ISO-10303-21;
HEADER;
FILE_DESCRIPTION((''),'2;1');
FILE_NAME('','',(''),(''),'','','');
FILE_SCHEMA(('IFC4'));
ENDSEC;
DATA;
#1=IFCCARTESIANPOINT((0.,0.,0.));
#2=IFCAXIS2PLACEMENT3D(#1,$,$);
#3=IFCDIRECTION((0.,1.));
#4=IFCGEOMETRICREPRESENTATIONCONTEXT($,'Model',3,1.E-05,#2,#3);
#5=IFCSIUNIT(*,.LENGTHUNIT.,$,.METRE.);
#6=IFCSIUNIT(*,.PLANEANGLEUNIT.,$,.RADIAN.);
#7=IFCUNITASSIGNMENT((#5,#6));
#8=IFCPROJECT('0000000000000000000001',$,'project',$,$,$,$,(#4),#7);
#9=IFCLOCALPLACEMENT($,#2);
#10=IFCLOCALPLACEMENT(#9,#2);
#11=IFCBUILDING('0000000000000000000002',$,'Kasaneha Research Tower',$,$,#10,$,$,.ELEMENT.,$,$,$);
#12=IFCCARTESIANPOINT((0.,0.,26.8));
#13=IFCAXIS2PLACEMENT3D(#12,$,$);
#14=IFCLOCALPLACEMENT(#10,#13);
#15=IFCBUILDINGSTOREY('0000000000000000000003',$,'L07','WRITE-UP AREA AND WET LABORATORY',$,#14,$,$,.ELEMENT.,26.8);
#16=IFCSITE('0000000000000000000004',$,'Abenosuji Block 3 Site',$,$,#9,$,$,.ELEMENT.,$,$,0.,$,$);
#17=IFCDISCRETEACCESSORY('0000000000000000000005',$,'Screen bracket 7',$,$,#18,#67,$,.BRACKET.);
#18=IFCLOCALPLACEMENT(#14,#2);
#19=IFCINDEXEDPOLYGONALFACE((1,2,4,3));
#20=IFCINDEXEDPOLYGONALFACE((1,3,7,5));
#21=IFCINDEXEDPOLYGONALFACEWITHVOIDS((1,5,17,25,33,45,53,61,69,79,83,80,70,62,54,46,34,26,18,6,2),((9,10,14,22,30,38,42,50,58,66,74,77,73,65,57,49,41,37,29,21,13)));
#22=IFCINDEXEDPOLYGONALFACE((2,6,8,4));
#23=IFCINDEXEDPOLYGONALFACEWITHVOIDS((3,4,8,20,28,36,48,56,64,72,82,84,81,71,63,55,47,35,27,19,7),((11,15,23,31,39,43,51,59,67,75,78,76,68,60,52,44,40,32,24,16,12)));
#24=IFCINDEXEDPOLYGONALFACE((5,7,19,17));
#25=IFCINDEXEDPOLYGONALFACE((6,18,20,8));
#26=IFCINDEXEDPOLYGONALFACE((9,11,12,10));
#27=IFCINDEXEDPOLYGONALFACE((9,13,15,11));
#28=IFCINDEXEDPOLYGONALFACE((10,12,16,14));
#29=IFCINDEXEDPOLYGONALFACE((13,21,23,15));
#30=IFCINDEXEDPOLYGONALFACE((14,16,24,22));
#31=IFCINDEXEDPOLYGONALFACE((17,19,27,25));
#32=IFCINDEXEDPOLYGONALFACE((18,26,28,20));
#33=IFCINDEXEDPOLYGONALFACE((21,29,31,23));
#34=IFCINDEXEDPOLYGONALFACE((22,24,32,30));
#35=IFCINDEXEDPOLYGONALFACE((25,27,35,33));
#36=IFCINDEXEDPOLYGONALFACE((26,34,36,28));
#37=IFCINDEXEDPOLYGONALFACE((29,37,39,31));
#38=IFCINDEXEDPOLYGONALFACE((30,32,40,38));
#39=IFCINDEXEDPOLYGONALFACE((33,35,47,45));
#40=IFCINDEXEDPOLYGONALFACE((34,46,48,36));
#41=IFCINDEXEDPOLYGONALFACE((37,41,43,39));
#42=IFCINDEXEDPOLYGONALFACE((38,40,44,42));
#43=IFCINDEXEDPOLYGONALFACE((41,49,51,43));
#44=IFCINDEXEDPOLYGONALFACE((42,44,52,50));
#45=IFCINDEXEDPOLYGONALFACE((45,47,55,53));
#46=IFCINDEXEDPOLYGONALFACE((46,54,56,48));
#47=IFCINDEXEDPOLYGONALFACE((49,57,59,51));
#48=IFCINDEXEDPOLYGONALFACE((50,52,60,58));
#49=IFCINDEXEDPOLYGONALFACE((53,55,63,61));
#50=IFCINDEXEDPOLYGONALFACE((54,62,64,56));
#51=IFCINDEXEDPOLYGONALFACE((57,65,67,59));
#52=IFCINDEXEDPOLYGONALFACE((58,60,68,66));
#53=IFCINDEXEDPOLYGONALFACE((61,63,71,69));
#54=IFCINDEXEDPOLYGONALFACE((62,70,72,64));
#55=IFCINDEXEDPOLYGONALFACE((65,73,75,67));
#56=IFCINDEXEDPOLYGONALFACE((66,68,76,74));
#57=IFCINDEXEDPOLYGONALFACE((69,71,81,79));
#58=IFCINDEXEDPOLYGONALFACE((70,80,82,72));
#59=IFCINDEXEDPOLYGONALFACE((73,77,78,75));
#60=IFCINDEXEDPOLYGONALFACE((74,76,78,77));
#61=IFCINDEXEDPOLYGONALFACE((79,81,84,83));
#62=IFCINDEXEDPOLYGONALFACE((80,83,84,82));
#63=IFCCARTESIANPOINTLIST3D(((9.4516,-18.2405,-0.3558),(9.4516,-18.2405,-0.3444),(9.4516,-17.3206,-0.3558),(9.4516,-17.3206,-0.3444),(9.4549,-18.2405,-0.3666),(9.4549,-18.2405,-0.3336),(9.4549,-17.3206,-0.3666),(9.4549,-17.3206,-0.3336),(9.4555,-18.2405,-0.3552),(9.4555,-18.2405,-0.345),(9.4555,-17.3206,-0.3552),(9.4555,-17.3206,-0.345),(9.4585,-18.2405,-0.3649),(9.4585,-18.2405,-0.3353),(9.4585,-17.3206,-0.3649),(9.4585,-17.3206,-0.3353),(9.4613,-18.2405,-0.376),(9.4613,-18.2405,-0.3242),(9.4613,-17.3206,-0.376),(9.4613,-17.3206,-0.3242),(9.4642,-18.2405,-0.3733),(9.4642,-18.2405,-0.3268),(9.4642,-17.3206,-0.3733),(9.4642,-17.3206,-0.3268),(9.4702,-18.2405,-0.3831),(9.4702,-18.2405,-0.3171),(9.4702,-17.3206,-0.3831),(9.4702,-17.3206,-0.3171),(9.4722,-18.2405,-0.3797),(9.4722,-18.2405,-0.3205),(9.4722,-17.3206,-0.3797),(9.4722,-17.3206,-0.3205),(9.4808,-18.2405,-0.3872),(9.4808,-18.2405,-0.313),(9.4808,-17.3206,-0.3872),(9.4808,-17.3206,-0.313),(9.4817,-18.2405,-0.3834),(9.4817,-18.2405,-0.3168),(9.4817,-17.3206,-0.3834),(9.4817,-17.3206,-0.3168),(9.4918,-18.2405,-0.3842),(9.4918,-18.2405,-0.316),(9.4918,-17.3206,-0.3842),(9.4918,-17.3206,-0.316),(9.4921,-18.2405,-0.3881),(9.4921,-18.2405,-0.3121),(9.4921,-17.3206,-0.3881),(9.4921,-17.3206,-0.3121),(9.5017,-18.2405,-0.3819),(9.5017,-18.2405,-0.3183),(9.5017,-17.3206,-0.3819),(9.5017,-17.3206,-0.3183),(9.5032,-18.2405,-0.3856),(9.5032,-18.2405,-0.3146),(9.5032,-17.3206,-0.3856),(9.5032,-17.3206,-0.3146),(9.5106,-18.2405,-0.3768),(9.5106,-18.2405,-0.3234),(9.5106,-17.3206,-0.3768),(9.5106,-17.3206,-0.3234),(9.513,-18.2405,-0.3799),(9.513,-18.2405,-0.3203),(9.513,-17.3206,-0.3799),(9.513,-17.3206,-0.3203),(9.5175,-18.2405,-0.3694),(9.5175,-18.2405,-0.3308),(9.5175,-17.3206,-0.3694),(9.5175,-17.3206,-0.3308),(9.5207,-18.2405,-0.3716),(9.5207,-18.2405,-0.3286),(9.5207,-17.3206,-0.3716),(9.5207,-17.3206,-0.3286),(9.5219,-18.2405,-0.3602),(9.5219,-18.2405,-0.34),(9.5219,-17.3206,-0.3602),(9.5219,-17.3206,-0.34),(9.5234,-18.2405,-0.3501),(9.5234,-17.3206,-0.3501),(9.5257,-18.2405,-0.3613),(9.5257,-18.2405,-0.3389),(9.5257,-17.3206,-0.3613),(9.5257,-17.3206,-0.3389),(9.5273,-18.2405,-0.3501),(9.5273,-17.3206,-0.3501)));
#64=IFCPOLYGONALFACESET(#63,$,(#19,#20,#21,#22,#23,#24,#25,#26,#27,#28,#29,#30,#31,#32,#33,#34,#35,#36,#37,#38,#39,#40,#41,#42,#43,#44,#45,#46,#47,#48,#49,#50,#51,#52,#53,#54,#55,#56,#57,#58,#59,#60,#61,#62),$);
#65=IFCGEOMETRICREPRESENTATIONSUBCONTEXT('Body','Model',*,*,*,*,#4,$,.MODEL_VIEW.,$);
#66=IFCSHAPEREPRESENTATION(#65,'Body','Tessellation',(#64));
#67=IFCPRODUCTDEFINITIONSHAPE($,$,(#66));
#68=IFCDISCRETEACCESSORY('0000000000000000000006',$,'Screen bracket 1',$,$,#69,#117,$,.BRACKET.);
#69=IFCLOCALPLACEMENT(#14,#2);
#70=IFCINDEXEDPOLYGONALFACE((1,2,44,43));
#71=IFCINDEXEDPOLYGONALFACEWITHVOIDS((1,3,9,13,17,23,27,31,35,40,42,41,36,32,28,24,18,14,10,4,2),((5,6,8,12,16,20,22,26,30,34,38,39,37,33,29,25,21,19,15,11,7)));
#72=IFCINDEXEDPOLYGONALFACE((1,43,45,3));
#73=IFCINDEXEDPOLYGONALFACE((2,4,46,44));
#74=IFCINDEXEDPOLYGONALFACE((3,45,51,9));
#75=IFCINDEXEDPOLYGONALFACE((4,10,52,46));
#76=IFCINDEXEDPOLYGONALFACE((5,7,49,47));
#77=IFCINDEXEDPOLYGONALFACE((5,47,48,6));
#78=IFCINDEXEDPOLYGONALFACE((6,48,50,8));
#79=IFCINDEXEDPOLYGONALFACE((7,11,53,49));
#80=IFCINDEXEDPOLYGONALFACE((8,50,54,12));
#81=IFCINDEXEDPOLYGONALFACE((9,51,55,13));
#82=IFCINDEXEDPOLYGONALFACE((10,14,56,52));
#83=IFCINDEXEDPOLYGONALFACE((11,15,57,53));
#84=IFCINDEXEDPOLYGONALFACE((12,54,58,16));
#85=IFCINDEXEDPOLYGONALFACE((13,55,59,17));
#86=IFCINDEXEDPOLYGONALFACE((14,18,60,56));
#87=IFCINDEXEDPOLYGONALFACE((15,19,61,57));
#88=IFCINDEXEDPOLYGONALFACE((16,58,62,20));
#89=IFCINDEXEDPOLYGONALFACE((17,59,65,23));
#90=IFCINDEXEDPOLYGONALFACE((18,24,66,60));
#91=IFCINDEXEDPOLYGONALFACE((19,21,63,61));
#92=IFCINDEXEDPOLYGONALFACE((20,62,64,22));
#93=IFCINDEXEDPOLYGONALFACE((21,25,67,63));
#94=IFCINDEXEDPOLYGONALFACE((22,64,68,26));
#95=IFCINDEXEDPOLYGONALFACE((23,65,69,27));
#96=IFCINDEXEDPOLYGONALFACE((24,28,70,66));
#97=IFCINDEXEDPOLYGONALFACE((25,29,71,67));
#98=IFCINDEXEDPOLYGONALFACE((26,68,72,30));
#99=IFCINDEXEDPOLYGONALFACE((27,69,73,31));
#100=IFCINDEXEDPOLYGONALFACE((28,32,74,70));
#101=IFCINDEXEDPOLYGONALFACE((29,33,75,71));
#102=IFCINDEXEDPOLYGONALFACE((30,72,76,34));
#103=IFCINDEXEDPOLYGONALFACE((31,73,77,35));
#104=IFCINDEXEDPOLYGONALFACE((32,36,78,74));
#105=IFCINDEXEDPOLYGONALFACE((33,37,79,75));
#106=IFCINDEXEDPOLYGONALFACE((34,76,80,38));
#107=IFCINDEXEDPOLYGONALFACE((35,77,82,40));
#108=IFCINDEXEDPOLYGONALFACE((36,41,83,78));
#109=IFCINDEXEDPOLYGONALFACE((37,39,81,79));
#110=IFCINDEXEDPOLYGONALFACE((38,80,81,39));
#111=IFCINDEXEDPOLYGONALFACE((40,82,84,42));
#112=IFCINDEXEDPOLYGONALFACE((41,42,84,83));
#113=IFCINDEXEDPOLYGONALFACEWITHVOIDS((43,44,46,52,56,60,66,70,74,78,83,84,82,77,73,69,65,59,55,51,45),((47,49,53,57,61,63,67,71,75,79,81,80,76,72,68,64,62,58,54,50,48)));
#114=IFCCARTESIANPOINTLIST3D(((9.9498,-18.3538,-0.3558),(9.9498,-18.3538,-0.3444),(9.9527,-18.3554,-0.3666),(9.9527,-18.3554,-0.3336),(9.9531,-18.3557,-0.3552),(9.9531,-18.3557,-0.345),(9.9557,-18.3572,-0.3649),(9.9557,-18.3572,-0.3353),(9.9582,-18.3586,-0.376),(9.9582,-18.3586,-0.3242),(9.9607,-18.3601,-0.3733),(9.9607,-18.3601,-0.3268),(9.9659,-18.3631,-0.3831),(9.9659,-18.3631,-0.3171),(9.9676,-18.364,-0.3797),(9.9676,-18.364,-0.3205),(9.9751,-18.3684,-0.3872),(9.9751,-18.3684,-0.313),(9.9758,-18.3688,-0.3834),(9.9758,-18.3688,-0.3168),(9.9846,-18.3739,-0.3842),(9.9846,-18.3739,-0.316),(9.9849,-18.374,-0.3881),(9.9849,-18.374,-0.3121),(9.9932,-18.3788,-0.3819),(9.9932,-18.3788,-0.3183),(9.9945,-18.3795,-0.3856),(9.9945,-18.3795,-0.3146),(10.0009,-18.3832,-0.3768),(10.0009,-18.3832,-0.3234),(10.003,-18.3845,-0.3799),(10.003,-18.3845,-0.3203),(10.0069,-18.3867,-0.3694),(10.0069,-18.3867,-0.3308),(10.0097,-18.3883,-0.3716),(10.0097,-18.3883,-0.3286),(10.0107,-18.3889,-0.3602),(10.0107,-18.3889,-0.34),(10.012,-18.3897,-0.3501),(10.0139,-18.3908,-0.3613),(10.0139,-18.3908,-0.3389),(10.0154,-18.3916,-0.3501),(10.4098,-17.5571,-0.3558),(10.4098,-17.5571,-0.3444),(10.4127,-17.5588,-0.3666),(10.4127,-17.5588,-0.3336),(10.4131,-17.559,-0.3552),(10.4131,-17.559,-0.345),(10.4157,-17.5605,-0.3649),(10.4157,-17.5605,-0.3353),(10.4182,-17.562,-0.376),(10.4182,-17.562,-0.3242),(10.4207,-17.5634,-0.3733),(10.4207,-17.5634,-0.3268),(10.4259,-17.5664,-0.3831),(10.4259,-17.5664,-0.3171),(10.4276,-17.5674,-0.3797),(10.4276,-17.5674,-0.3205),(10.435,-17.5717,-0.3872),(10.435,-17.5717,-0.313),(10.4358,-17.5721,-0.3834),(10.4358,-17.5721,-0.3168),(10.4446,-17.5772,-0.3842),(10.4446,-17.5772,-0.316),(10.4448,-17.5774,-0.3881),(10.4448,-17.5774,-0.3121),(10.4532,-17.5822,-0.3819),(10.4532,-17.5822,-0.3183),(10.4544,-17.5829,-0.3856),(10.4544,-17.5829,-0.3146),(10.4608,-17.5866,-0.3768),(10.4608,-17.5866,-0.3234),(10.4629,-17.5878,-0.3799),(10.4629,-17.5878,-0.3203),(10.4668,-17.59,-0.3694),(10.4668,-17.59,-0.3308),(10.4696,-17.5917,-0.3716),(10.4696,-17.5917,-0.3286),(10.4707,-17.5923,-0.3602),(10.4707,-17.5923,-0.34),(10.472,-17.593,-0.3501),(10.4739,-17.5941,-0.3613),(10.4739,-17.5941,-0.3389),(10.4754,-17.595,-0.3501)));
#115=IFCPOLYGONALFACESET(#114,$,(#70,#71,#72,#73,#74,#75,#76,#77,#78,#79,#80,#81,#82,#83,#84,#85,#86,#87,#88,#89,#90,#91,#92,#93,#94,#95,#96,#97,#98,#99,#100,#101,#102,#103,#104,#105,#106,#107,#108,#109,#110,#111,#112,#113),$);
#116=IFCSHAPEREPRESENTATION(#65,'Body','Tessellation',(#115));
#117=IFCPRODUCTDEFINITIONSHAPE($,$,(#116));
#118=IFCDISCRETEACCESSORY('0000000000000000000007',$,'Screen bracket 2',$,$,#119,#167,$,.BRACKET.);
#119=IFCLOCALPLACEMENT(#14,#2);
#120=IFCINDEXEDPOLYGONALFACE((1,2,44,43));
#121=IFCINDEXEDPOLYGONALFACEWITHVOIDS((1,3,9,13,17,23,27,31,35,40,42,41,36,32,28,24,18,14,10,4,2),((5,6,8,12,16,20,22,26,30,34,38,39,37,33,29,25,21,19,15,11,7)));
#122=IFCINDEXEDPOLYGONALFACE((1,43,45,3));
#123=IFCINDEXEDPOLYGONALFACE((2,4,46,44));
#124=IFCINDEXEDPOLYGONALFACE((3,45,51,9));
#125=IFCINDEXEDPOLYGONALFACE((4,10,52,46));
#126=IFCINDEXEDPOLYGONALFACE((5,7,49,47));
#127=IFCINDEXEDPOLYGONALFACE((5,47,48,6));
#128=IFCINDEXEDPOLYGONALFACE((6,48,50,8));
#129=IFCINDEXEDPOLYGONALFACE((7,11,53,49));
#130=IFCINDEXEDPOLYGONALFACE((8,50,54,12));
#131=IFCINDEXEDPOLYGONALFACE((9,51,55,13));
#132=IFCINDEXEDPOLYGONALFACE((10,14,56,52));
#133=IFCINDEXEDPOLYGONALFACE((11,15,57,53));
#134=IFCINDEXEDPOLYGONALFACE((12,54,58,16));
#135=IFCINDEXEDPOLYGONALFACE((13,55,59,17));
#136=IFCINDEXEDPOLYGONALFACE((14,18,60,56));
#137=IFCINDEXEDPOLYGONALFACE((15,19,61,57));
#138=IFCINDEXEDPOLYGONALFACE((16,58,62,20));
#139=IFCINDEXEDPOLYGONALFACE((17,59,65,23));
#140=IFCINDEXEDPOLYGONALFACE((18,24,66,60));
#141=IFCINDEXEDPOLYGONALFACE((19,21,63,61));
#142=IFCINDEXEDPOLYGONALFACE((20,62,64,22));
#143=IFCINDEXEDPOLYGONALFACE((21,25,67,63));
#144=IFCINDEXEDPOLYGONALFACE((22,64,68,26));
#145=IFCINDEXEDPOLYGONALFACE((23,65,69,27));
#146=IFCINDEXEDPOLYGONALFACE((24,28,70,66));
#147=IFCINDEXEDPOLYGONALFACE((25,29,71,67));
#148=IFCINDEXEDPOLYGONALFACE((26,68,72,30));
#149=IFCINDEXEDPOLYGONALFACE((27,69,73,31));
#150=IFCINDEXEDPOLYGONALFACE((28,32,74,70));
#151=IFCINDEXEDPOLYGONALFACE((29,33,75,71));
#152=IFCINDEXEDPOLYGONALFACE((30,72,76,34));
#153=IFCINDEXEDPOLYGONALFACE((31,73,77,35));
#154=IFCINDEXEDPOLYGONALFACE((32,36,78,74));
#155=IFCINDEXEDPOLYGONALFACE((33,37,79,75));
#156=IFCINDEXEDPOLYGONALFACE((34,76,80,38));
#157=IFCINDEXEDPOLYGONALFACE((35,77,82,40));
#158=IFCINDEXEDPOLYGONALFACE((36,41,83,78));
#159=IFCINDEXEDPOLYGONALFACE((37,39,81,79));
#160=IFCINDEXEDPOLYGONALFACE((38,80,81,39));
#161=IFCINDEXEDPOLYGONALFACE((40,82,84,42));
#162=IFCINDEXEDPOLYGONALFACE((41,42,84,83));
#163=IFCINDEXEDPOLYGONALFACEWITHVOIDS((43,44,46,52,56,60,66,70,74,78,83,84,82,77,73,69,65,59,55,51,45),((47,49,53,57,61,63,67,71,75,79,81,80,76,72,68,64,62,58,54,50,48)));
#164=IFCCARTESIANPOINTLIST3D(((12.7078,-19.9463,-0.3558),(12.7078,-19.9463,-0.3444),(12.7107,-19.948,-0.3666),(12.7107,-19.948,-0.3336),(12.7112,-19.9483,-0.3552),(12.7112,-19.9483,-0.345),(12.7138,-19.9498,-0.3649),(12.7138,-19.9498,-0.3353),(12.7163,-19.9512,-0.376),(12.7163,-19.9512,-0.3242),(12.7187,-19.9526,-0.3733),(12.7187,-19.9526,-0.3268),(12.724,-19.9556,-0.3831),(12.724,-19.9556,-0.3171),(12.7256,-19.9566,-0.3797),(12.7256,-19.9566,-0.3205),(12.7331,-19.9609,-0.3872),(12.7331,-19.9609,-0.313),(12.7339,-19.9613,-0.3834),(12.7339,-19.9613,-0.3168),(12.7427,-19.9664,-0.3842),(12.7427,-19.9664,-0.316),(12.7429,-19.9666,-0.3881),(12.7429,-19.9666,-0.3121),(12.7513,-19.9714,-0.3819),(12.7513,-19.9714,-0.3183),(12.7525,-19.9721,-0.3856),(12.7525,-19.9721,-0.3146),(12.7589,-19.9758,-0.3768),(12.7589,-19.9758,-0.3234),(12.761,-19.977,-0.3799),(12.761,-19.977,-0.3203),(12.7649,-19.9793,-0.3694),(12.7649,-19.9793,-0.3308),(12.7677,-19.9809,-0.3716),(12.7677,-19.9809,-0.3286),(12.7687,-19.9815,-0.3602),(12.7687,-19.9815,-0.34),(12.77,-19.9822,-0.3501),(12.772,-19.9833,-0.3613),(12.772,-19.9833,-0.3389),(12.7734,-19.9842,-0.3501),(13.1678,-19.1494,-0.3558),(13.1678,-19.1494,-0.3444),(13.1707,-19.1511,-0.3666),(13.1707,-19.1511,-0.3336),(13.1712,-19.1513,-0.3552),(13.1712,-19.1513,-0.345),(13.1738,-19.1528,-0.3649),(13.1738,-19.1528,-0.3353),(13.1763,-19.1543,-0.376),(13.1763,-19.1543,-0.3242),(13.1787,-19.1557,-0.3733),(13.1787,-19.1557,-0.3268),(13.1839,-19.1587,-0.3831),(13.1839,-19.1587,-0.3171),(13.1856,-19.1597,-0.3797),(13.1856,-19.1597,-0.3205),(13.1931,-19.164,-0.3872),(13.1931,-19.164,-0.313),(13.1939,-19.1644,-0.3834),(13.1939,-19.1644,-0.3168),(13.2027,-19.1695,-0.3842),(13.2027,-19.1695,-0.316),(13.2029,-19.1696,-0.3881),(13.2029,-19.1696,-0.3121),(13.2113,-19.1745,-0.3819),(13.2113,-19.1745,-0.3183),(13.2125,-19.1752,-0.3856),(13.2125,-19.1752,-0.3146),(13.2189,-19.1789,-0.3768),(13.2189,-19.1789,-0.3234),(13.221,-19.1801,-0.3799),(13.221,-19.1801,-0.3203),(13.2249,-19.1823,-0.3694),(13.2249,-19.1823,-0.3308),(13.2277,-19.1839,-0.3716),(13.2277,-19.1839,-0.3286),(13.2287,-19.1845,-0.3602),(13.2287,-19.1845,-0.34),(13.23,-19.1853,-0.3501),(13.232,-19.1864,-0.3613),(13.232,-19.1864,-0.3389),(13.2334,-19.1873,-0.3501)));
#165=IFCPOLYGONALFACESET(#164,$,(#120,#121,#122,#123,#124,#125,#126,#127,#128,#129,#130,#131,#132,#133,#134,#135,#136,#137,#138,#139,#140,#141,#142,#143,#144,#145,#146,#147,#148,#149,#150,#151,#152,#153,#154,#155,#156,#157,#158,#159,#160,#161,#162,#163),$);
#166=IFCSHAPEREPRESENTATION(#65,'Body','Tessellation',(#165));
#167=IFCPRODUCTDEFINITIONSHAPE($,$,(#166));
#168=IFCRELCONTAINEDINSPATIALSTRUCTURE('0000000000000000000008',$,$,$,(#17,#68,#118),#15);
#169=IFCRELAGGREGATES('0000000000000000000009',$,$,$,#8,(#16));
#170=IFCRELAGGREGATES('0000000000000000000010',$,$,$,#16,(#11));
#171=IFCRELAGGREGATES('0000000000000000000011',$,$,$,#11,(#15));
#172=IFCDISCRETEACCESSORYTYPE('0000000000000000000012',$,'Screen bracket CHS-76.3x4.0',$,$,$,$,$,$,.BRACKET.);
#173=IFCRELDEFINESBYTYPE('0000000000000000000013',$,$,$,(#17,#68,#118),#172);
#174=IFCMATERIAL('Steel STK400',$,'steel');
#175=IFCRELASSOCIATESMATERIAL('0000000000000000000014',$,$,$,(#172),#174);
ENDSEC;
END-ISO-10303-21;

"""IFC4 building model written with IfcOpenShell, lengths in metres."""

from ifc_helpers import new_model, si_unit, direction, frame, origin, origin_2d, place, context, subcontext, project, spatial, hollow_circle, extrude, material, material_profile, profile_set, type_object, element, save


model = new_model("IFC4")

# Units and contexts
model_context = context("Model", 3, precision=1e-05, world=origin(), true_north=direction((0.0, 1.0)))
body_context = subcontext(model_context, "Body", "Model", "MODEL_VIEW")
ifc_project = project(units=[si_unit("LENGTHUNIT", "METRE"), si_unit("PLANEANGLEUNIT", "RADIAN")], contexts=[model_context])

# Site, building, storey
site_placement = place(None, origin())
site = spatial("IfcSite", under=ifc_project, at=site_placement, Name="Abenosuji Block 3 Site", CompositionType="ELEMENT", RefElevation=0.0)
building_placement = place(site_placement, origin())
building = spatial("IfcBuilding", under=site, at=building_placement, Name="Kasaneha Research Tower", CompositionType="ELEMENT")
storey_placement = place(building_placement, frame((0.0, 0.0, 26.8)))
storey = spatial("IfcBuildingStorey", under=building, at=storey_placement, Name="L07", Description="WRITE-UP AREA AND WET LABORATORY", CompositionType="ELEMENT", Elevation=26.8)

# Discrete accessories
ifc_material_1 = material(Name="Steel STK400", Category="steel")
ifc_material_profile_1 = material_profile(ifc_material_1, hollow_circle(Radius=0.0381, WallThickness=0.0039, at=origin_2d()), Name="CHS-76.3x4.0")
ifc_profile_set_1 = profile_set([ifc_material_profile_1], Name="Steel STK400")
discrete_accessory_type = type_object("IfcDiscreteAccessoryType", Name="Screen bracket CHS-76.3x4.0", PredefinedType="BRACKET", material=ifc_profile_set_1)
for number, where, z_axis, x_axis, name in (
    (1, (9.4893, -17.3206, -0.3501), (0.0, -1.0, 0.0), (1.0, 0.0, 0.0), "Screen bracket 7"),
    (2, (10.4424, -17.5759, -0.3501), (-0.500021, -0.866013, 0.0), (0.866013, -0.500021, 0.0), "Screen bracket 1"),
):
    element("IfcDiscreteAccessory", number, at=place(storey_placement, frame(where, z_axis=z_axis, x_axis=x_axis)), inside=storey, type_object=discrete_accessory_type, Name=name, PredefinedType="BRACKET", context=body_context, shape_type="SweptSolid", body=[
        extrude(hollow_circle(Radius=0.0381, WallThickness=0.0039, at=origin_2d()), origin(), (0.0, 0.0, 1.0), 0.9199),
    ])
discrete_accessory_1_placement = place(storey_placement, frame((13.2004, -19.1682, -0.3501), z_axis=(-0.499906, -0.86608, 0.0), x_axis=(0.86608, -0.499906, 0.0)))
element("IfcDiscreteAccessory", 3, at=discrete_accessory_1_placement, inside=storey, type_object=discrete_accessory_type, Name="Screen bracket 2", PredefinedType="BRACKET", context=body_context, shape_type="SweptSolid", body=[
    extrude(hollow_circle(Radius=0.0381, WallThickness=0.0039, at=origin_2d()), origin(), (0.0, 0.0, 1.0), 0.9202),
])

save(model, "model.ifc")
